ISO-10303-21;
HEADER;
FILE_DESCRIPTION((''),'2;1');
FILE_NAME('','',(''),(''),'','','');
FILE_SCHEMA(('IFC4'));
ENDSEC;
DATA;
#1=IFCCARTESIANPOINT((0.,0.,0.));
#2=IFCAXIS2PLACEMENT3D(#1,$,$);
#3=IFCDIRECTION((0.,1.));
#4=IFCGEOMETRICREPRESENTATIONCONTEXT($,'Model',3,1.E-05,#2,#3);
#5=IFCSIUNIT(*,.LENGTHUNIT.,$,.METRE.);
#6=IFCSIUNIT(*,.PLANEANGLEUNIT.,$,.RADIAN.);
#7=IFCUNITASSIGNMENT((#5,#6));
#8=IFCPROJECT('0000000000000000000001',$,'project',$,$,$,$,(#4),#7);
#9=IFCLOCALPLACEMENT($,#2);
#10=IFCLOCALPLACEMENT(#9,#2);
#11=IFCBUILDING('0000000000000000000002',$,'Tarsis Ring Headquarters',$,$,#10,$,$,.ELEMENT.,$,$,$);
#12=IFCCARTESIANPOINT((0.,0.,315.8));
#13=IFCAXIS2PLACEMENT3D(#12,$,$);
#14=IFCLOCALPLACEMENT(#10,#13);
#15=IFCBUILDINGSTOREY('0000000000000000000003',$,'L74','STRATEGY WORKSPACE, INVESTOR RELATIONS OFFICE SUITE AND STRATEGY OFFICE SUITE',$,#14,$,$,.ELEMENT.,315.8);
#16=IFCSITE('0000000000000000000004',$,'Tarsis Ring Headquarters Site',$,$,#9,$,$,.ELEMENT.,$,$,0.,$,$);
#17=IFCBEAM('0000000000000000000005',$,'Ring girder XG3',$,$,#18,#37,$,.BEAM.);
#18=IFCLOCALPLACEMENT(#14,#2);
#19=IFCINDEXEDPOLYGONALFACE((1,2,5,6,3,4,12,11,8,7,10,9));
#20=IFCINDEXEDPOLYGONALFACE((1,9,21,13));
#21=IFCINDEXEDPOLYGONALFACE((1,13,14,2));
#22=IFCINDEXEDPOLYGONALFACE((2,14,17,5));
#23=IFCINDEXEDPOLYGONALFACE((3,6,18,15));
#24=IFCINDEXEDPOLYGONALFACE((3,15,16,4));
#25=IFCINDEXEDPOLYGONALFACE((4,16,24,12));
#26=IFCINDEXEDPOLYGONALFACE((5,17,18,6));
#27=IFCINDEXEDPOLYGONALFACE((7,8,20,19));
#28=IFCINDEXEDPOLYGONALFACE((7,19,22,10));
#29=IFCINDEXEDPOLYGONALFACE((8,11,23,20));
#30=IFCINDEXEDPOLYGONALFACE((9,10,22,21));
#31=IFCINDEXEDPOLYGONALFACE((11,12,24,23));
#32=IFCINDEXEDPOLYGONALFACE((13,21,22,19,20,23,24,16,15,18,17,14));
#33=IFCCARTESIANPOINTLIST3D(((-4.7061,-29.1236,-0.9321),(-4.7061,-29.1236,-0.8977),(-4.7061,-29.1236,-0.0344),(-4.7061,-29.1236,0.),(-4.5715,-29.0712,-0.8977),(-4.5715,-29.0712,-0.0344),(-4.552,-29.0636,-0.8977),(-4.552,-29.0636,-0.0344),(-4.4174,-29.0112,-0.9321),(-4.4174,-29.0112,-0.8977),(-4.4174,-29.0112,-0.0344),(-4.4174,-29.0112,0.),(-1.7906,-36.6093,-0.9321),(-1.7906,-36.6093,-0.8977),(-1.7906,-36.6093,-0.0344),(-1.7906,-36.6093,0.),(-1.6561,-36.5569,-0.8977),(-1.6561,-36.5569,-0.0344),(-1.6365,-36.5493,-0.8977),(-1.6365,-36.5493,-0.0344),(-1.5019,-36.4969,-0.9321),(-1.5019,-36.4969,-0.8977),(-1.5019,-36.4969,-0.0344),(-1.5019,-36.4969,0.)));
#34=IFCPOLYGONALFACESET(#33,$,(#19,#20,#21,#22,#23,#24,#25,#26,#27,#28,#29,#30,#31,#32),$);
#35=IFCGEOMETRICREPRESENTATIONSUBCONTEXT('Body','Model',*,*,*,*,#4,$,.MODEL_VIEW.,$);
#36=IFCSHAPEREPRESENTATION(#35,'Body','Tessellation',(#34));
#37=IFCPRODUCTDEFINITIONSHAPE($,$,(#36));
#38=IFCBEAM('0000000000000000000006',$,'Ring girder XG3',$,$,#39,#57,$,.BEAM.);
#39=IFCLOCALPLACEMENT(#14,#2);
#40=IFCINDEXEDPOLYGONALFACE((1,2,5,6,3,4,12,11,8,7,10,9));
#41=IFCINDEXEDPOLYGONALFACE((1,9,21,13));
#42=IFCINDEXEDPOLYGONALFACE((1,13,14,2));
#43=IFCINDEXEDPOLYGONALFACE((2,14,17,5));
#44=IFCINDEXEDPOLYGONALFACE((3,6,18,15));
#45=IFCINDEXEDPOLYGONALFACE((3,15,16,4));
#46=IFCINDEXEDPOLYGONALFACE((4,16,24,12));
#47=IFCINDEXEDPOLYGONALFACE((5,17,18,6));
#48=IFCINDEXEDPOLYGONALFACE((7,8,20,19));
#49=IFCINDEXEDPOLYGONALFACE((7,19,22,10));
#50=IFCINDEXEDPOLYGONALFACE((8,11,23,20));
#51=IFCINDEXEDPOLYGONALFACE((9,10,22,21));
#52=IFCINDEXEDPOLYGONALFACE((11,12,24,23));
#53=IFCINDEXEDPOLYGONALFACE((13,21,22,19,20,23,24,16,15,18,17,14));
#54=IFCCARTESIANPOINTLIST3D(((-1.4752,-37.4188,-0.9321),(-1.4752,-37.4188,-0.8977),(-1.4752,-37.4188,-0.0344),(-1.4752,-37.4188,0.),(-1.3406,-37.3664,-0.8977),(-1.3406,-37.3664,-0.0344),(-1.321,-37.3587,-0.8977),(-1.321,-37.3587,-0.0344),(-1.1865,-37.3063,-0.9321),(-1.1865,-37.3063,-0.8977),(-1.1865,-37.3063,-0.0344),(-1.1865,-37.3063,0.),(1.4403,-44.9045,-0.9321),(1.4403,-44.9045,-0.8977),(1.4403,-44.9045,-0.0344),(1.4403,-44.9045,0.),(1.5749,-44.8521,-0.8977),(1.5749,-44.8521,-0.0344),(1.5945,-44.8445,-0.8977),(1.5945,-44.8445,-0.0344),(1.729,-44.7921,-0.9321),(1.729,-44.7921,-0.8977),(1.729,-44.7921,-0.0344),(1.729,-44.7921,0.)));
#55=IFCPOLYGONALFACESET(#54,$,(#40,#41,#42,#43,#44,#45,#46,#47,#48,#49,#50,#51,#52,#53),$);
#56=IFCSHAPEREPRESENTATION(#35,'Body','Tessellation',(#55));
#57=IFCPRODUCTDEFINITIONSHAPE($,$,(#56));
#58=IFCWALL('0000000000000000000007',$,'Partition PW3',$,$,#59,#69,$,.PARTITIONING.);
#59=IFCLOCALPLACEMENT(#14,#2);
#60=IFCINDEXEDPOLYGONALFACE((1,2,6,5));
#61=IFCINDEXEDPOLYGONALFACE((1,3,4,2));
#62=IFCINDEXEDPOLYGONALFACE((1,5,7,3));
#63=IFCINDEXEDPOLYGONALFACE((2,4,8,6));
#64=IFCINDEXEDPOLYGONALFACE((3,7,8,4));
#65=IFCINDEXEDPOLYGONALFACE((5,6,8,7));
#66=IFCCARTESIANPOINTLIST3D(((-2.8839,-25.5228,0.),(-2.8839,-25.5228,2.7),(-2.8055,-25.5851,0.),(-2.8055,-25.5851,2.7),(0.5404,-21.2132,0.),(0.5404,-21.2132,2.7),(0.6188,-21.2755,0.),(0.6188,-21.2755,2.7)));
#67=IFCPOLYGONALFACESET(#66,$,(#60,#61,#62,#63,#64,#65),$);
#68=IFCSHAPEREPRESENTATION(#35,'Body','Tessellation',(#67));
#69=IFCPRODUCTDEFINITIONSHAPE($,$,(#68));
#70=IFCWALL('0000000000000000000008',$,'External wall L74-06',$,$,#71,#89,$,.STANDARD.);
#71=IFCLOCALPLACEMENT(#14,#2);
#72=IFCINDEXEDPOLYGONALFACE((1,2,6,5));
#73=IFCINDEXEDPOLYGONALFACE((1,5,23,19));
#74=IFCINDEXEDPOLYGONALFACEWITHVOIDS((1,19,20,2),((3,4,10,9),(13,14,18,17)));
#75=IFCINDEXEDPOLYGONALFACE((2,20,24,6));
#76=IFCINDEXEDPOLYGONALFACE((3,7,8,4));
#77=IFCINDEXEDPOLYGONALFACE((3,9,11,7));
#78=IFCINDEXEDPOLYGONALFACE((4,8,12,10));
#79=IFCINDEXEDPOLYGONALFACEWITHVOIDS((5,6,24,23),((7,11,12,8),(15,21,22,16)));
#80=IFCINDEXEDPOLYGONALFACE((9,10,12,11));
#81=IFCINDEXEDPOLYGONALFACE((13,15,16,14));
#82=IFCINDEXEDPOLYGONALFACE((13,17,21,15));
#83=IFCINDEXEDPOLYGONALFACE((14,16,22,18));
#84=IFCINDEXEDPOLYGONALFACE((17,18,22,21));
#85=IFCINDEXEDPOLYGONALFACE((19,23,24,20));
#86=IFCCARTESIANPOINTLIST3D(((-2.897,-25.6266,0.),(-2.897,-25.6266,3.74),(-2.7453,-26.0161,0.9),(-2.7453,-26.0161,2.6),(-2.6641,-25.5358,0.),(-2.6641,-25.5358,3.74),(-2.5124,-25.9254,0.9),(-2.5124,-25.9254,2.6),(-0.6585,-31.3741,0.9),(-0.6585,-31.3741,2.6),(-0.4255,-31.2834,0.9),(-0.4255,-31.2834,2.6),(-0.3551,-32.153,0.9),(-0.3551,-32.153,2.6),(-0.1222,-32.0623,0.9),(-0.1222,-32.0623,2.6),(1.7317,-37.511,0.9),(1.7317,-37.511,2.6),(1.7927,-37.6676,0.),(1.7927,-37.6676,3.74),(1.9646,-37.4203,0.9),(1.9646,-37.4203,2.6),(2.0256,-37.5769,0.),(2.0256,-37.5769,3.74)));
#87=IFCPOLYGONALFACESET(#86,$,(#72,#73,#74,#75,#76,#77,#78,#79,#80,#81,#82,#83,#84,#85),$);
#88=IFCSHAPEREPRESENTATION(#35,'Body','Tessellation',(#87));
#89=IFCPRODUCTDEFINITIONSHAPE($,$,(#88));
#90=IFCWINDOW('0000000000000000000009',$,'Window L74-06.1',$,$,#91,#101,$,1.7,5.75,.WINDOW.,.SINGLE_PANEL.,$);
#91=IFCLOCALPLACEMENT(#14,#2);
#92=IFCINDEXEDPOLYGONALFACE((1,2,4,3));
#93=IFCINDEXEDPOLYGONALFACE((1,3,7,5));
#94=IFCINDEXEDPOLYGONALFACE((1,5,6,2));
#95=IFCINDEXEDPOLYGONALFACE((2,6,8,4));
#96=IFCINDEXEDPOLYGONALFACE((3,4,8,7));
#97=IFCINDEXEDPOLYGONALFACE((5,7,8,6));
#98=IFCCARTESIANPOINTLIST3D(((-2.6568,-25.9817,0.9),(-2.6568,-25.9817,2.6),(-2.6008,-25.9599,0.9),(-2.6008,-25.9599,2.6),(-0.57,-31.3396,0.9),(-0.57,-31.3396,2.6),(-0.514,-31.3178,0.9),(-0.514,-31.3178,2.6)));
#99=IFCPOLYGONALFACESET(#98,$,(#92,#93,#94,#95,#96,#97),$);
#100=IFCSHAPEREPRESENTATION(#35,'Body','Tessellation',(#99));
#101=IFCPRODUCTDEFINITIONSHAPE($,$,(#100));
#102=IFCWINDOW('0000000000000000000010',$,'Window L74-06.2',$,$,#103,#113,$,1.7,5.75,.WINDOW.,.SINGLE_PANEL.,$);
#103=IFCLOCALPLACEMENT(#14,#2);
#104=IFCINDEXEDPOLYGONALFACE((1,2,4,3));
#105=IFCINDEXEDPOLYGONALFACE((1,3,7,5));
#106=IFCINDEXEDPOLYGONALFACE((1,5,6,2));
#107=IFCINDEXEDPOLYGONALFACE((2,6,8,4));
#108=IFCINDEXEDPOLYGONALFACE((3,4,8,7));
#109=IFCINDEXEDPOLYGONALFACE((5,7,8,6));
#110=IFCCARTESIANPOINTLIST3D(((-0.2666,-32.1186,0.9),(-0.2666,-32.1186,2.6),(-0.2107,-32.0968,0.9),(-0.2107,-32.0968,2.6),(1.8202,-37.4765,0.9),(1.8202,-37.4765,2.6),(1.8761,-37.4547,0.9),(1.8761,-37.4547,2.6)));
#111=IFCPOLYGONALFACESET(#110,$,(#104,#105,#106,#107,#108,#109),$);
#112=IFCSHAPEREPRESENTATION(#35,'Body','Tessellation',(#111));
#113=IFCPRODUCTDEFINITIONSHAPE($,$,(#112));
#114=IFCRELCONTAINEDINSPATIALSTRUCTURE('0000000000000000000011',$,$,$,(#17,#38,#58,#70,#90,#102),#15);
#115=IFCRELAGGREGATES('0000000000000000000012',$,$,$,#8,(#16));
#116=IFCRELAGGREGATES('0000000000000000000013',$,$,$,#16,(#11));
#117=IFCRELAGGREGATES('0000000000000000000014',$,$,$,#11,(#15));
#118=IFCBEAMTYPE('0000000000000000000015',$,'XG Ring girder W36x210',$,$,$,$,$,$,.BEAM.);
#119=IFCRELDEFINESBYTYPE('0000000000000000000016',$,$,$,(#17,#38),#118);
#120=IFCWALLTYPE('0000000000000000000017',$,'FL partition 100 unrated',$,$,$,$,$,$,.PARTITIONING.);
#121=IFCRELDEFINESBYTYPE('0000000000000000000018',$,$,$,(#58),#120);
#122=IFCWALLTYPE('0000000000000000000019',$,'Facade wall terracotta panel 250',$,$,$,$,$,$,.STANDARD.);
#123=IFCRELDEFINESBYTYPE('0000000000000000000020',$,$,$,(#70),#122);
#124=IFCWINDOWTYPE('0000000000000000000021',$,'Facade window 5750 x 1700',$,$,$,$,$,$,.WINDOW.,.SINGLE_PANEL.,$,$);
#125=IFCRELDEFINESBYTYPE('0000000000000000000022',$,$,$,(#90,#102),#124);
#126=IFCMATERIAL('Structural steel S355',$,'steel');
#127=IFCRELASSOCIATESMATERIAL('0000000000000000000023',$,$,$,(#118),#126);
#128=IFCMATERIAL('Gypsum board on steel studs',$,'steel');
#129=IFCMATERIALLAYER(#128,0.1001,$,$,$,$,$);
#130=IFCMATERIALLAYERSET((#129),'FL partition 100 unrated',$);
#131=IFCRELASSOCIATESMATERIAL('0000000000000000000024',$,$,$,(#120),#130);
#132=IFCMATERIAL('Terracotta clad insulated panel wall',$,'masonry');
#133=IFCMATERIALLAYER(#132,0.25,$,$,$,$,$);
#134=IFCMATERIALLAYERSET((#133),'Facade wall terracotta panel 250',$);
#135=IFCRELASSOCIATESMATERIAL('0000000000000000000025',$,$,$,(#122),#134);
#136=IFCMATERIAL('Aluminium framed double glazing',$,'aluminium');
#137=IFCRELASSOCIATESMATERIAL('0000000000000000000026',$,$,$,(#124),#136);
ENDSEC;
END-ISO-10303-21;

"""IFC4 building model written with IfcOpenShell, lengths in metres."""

from ifc_helpers import new_model, si_unit, direction, frame, frame_2d, origin, origin_2d, place, context, subcontext, project, spatial, rectangle, i_section, extrude, material, layer, layer_set, material_profile, profile_set, type_object, element, fill, save


model = new_model("IFC4")

# Units and contexts
model_context = context("Model", 3, precision=1e-05, world=origin(), true_north=direction((0.0, 1.0)))
body_context = subcontext(model_context, "Body", "Model", "MODEL_VIEW")
ifc_project = project(units=[si_unit("LENGTHUNIT", "METRE"), si_unit("PLANEANGLEUNIT", "RADIAN")], contexts=[model_context])

# Site, building, storey
site_placement = place(None, origin())
site = spatial("IfcSite", under=ifc_project, at=site_placement, Name="Tarsis Ring Headquarters Site", CompositionType="ELEMENT", RefElevation=0.0)
building_placement = place(site_placement, origin())
building = spatial("IfcBuilding", under=site, at=building_placement, Name="Tarsis Ring Headquarters", CompositionType="ELEMENT")
storey_placement = place(building_placement, frame((0.0, 0.0, 315.8)))
storey = spatial("IfcBuildingStorey", under=building, at=storey_placement, Name="L74", Description="STRATEGY WORKSPACE, INVESTOR RELATIONS OFFICE SUITE AND STRATEGY OFFICE SUITE", CompositionType="ELEMENT", Elevation=315.8)

# Shared definitions
ifc_material_1 = material(Name="Structural steel S355", Category="steel")

# Beams
ifc_material_profile_1 = material_profile(ifc_material_1, i_section(OverallWidth=0.3098, OverallDepth=0.9321, WebThickness=0.021, FlangeThickness=0.0344, at=origin_2d()), Name="W36x210")
ifc_profile_set_1 = profile_set([ifc_material_profile_1], Name="Structural steel S355")
beam_type_1 = type_object("IfcBeamType", Name="XG Ring girder W36x210", PredefinedType="BEAM", material=ifc_profile_set_1)
for number, where, z_axis, x_axis, name in (
    (1, (-4.5618, -29.0674, -0.4661), (0.362918, -0.931821, 0.0), (0.931821, 0.362918, 0.0), "Ring girder XG3"),
    (2, (-1.3308, -37.3625, -0.4661), (0.362918, -0.931821, 0.0), (0.931821, 0.362918, 0.0), "Ring girder XG3"),
):
    element("IfcBeam", number, at=place(storey_placement, frame(where, z_axis=z_axis, x_axis=x_axis)), inside=storey, type_object=beam_type_1, Name=name, PredefinedType="BEAM", context=body_context, shape_type="SweptSolid", body=[
        extrude(i_section(OverallWidth=0.3098, OverallDepth=0.9321, WebThickness=0.021, FlangeThickness=0.0344, at=origin_2d()), origin(), (0.0, 0.0, 1.0), 8.0334),
    ])

# Wall
ifc_material_2 = material(Name="Gypsum board on steel studs", Category="steel")
ifc_layer_1 = layer(ifc_material_2, 0.1001)
ifc_layer_set_1 = layer_set([ifc_layer_1], Name="FL partition 100 unrated")
wall_type_1 = type_object("IfcWallType", Name="FL partition 100 unrated", PredefinedType="PARTITIONING", material=ifc_layer_set_1)
wall_1_placement = place(storey_placement, frame((-2.8447, -25.554, 0.0), z_axis=(0.0, 0.0, 1.0), x_axis=(0.622106, 0.782933, 0.0)))
element("IfcWall", 3, at=wall_1_placement, inside=storey, type_object=wall_type_1, Name="Partition PW3", PredefinedType="PARTITIONING", context=body_context, shape_type="SweptSolid", body=[
    extrude(rectangle(XDim=5.5044, YDim=0.1001, at=frame_2d((2.7522, 0.0))), origin(), (0.0, 0.0, 1.0), 2.7),
])

# Wall, openings, windows
ifc_material_3 = material(Name="Terracotta clad insulated panel wall", Category="masonry")
ifc_layer_2 = layer(ifc_material_3, 0.25)
ifc_layer_set_2 = layer_set([ifc_layer_2], Name="Facade wall terracotta panel 250")
wall_type_2 = type_object("IfcWallType", Name="Facade wall terracotta panel 250", PredefinedType="STANDARD", material=ifc_layer_set_2)
wall_2_placement = place(storey_placement, frame((-2.7805, -25.5813, 0.0), z_axis=(0.0, 0.0, 1.0), x_axis=(0.362922, -0.931819, 0.0)))
wall_2 = element("IfcWall", 4, at=wall_2_placement, inside=storey, type_object=wall_type_2, Name="External wall L74-06", PredefinedType="STANDARD", context=body_context, shape_type="SweptSolid", body=[
    extrude(rectangle(XDim=12.9221, YDim=0.25, at=frame_2d((6.4609, 0.0))), origin(), (0.0, 0.0, 1.0), 3.74),
])
opening_1_placement = place(wall_2_placement, frame((0.418, 0.0, 0.8999)))
opening_1 = element("IfcOpeningElement", 5, at=opening_1_placement, cuts=wall_2, PredefinedType="OPENING", context=body_context, shape_type="SweptSolid", body=[
    extrude(rectangle(XDim=5.75, YDim=1.7, at=frame_2d((2.875, 0.8501))), frame((0.0, 0.135, 0.0), z_axis=(0.0, -1.0, 0.0), x_axis=(1.0, 0.0, 0.0)), (0.0, 0.0, 1.0), 0.27),
])
opening_2_placement = place(wall_2_placement, frame((7.0039, 0.0, 0.8999)))
opening_2 = element("IfcOpeningElement", 6, at=opening_2_placement, cuts=wall_2, PredefinedType="OPENING", context=body_context, shape_type="SweptSolid", body=[
    extrude(rectangle(XDim=5.75, YDim=1.7, at=frame_2d((2.875, 0.8501))), frame((0.0, 0.135, 0.0), z_axis=(0.0, -1.0, 0.0), x_axis=(1.0, 0.0, 0.0)), (0.0, 0.0, 1.0), 0.27),
])
ifc_material_4 = material(Name="Aluminium framed double glazing", Category="aluminium")
window_type = type_object("IfcWindowType", Name="Facade window 5750 x 1700", PartitioningType="SINGLE_PANEL", PredefinedType="WINDOW", material=ifc_material_4)
window_1_placement = place(opening_1_placement, origin())
window_1 = element("IfcWindow", 7, at=window_1_placement, inside=storey, type_object=window_type, Name="Window L74-06.1", OverallHeight=1.7, OverallWidth=5.75, PartitioningType="SINGLE_PANEL", PredefinedType="WINDOW", context=body_context, shape_type="SweptSolid", body=[
    extrude(rectangle(XDim=5.75, YDim=1.7, at=frame_2d((2.875, 0.8501))), frame((0.0, 0.03, 0.0), z_axis=(0.0, -1.0, 0.0), x_axis=(1.0, 0.0, 0.0)), (0.0, 0.0, 1.0), 0.0601),
])
fill(opening_1, window_1)
window_2_placement = place(opening_2_placement, origin())
window_2 = element("IfcWindow", 8, at=window_2_placement, inside=storey, type_object=window_type, Name="Window L74-06.2", OverallHeight=1.7, OverallWidth=5.75, PartitioningType="SINGLE_PANEL", PredefinedType="WINDOW", context=body_context, shape_type="SweptSolid", body=[
    extrude(rectangle(XDim=5.75, YDim=1.7, at=frame_2d((2.875, 0.8501))), frame((0.0, 0.03, 0.0), z_axis=(0.0, -1.0, 0.0), x_axis=(1.0, 0.0, 0.0)), (0.0, 0.0, 1.0), 0.0601),
])
fill(opening_2, window_2)

save(model, "model.ifc")
